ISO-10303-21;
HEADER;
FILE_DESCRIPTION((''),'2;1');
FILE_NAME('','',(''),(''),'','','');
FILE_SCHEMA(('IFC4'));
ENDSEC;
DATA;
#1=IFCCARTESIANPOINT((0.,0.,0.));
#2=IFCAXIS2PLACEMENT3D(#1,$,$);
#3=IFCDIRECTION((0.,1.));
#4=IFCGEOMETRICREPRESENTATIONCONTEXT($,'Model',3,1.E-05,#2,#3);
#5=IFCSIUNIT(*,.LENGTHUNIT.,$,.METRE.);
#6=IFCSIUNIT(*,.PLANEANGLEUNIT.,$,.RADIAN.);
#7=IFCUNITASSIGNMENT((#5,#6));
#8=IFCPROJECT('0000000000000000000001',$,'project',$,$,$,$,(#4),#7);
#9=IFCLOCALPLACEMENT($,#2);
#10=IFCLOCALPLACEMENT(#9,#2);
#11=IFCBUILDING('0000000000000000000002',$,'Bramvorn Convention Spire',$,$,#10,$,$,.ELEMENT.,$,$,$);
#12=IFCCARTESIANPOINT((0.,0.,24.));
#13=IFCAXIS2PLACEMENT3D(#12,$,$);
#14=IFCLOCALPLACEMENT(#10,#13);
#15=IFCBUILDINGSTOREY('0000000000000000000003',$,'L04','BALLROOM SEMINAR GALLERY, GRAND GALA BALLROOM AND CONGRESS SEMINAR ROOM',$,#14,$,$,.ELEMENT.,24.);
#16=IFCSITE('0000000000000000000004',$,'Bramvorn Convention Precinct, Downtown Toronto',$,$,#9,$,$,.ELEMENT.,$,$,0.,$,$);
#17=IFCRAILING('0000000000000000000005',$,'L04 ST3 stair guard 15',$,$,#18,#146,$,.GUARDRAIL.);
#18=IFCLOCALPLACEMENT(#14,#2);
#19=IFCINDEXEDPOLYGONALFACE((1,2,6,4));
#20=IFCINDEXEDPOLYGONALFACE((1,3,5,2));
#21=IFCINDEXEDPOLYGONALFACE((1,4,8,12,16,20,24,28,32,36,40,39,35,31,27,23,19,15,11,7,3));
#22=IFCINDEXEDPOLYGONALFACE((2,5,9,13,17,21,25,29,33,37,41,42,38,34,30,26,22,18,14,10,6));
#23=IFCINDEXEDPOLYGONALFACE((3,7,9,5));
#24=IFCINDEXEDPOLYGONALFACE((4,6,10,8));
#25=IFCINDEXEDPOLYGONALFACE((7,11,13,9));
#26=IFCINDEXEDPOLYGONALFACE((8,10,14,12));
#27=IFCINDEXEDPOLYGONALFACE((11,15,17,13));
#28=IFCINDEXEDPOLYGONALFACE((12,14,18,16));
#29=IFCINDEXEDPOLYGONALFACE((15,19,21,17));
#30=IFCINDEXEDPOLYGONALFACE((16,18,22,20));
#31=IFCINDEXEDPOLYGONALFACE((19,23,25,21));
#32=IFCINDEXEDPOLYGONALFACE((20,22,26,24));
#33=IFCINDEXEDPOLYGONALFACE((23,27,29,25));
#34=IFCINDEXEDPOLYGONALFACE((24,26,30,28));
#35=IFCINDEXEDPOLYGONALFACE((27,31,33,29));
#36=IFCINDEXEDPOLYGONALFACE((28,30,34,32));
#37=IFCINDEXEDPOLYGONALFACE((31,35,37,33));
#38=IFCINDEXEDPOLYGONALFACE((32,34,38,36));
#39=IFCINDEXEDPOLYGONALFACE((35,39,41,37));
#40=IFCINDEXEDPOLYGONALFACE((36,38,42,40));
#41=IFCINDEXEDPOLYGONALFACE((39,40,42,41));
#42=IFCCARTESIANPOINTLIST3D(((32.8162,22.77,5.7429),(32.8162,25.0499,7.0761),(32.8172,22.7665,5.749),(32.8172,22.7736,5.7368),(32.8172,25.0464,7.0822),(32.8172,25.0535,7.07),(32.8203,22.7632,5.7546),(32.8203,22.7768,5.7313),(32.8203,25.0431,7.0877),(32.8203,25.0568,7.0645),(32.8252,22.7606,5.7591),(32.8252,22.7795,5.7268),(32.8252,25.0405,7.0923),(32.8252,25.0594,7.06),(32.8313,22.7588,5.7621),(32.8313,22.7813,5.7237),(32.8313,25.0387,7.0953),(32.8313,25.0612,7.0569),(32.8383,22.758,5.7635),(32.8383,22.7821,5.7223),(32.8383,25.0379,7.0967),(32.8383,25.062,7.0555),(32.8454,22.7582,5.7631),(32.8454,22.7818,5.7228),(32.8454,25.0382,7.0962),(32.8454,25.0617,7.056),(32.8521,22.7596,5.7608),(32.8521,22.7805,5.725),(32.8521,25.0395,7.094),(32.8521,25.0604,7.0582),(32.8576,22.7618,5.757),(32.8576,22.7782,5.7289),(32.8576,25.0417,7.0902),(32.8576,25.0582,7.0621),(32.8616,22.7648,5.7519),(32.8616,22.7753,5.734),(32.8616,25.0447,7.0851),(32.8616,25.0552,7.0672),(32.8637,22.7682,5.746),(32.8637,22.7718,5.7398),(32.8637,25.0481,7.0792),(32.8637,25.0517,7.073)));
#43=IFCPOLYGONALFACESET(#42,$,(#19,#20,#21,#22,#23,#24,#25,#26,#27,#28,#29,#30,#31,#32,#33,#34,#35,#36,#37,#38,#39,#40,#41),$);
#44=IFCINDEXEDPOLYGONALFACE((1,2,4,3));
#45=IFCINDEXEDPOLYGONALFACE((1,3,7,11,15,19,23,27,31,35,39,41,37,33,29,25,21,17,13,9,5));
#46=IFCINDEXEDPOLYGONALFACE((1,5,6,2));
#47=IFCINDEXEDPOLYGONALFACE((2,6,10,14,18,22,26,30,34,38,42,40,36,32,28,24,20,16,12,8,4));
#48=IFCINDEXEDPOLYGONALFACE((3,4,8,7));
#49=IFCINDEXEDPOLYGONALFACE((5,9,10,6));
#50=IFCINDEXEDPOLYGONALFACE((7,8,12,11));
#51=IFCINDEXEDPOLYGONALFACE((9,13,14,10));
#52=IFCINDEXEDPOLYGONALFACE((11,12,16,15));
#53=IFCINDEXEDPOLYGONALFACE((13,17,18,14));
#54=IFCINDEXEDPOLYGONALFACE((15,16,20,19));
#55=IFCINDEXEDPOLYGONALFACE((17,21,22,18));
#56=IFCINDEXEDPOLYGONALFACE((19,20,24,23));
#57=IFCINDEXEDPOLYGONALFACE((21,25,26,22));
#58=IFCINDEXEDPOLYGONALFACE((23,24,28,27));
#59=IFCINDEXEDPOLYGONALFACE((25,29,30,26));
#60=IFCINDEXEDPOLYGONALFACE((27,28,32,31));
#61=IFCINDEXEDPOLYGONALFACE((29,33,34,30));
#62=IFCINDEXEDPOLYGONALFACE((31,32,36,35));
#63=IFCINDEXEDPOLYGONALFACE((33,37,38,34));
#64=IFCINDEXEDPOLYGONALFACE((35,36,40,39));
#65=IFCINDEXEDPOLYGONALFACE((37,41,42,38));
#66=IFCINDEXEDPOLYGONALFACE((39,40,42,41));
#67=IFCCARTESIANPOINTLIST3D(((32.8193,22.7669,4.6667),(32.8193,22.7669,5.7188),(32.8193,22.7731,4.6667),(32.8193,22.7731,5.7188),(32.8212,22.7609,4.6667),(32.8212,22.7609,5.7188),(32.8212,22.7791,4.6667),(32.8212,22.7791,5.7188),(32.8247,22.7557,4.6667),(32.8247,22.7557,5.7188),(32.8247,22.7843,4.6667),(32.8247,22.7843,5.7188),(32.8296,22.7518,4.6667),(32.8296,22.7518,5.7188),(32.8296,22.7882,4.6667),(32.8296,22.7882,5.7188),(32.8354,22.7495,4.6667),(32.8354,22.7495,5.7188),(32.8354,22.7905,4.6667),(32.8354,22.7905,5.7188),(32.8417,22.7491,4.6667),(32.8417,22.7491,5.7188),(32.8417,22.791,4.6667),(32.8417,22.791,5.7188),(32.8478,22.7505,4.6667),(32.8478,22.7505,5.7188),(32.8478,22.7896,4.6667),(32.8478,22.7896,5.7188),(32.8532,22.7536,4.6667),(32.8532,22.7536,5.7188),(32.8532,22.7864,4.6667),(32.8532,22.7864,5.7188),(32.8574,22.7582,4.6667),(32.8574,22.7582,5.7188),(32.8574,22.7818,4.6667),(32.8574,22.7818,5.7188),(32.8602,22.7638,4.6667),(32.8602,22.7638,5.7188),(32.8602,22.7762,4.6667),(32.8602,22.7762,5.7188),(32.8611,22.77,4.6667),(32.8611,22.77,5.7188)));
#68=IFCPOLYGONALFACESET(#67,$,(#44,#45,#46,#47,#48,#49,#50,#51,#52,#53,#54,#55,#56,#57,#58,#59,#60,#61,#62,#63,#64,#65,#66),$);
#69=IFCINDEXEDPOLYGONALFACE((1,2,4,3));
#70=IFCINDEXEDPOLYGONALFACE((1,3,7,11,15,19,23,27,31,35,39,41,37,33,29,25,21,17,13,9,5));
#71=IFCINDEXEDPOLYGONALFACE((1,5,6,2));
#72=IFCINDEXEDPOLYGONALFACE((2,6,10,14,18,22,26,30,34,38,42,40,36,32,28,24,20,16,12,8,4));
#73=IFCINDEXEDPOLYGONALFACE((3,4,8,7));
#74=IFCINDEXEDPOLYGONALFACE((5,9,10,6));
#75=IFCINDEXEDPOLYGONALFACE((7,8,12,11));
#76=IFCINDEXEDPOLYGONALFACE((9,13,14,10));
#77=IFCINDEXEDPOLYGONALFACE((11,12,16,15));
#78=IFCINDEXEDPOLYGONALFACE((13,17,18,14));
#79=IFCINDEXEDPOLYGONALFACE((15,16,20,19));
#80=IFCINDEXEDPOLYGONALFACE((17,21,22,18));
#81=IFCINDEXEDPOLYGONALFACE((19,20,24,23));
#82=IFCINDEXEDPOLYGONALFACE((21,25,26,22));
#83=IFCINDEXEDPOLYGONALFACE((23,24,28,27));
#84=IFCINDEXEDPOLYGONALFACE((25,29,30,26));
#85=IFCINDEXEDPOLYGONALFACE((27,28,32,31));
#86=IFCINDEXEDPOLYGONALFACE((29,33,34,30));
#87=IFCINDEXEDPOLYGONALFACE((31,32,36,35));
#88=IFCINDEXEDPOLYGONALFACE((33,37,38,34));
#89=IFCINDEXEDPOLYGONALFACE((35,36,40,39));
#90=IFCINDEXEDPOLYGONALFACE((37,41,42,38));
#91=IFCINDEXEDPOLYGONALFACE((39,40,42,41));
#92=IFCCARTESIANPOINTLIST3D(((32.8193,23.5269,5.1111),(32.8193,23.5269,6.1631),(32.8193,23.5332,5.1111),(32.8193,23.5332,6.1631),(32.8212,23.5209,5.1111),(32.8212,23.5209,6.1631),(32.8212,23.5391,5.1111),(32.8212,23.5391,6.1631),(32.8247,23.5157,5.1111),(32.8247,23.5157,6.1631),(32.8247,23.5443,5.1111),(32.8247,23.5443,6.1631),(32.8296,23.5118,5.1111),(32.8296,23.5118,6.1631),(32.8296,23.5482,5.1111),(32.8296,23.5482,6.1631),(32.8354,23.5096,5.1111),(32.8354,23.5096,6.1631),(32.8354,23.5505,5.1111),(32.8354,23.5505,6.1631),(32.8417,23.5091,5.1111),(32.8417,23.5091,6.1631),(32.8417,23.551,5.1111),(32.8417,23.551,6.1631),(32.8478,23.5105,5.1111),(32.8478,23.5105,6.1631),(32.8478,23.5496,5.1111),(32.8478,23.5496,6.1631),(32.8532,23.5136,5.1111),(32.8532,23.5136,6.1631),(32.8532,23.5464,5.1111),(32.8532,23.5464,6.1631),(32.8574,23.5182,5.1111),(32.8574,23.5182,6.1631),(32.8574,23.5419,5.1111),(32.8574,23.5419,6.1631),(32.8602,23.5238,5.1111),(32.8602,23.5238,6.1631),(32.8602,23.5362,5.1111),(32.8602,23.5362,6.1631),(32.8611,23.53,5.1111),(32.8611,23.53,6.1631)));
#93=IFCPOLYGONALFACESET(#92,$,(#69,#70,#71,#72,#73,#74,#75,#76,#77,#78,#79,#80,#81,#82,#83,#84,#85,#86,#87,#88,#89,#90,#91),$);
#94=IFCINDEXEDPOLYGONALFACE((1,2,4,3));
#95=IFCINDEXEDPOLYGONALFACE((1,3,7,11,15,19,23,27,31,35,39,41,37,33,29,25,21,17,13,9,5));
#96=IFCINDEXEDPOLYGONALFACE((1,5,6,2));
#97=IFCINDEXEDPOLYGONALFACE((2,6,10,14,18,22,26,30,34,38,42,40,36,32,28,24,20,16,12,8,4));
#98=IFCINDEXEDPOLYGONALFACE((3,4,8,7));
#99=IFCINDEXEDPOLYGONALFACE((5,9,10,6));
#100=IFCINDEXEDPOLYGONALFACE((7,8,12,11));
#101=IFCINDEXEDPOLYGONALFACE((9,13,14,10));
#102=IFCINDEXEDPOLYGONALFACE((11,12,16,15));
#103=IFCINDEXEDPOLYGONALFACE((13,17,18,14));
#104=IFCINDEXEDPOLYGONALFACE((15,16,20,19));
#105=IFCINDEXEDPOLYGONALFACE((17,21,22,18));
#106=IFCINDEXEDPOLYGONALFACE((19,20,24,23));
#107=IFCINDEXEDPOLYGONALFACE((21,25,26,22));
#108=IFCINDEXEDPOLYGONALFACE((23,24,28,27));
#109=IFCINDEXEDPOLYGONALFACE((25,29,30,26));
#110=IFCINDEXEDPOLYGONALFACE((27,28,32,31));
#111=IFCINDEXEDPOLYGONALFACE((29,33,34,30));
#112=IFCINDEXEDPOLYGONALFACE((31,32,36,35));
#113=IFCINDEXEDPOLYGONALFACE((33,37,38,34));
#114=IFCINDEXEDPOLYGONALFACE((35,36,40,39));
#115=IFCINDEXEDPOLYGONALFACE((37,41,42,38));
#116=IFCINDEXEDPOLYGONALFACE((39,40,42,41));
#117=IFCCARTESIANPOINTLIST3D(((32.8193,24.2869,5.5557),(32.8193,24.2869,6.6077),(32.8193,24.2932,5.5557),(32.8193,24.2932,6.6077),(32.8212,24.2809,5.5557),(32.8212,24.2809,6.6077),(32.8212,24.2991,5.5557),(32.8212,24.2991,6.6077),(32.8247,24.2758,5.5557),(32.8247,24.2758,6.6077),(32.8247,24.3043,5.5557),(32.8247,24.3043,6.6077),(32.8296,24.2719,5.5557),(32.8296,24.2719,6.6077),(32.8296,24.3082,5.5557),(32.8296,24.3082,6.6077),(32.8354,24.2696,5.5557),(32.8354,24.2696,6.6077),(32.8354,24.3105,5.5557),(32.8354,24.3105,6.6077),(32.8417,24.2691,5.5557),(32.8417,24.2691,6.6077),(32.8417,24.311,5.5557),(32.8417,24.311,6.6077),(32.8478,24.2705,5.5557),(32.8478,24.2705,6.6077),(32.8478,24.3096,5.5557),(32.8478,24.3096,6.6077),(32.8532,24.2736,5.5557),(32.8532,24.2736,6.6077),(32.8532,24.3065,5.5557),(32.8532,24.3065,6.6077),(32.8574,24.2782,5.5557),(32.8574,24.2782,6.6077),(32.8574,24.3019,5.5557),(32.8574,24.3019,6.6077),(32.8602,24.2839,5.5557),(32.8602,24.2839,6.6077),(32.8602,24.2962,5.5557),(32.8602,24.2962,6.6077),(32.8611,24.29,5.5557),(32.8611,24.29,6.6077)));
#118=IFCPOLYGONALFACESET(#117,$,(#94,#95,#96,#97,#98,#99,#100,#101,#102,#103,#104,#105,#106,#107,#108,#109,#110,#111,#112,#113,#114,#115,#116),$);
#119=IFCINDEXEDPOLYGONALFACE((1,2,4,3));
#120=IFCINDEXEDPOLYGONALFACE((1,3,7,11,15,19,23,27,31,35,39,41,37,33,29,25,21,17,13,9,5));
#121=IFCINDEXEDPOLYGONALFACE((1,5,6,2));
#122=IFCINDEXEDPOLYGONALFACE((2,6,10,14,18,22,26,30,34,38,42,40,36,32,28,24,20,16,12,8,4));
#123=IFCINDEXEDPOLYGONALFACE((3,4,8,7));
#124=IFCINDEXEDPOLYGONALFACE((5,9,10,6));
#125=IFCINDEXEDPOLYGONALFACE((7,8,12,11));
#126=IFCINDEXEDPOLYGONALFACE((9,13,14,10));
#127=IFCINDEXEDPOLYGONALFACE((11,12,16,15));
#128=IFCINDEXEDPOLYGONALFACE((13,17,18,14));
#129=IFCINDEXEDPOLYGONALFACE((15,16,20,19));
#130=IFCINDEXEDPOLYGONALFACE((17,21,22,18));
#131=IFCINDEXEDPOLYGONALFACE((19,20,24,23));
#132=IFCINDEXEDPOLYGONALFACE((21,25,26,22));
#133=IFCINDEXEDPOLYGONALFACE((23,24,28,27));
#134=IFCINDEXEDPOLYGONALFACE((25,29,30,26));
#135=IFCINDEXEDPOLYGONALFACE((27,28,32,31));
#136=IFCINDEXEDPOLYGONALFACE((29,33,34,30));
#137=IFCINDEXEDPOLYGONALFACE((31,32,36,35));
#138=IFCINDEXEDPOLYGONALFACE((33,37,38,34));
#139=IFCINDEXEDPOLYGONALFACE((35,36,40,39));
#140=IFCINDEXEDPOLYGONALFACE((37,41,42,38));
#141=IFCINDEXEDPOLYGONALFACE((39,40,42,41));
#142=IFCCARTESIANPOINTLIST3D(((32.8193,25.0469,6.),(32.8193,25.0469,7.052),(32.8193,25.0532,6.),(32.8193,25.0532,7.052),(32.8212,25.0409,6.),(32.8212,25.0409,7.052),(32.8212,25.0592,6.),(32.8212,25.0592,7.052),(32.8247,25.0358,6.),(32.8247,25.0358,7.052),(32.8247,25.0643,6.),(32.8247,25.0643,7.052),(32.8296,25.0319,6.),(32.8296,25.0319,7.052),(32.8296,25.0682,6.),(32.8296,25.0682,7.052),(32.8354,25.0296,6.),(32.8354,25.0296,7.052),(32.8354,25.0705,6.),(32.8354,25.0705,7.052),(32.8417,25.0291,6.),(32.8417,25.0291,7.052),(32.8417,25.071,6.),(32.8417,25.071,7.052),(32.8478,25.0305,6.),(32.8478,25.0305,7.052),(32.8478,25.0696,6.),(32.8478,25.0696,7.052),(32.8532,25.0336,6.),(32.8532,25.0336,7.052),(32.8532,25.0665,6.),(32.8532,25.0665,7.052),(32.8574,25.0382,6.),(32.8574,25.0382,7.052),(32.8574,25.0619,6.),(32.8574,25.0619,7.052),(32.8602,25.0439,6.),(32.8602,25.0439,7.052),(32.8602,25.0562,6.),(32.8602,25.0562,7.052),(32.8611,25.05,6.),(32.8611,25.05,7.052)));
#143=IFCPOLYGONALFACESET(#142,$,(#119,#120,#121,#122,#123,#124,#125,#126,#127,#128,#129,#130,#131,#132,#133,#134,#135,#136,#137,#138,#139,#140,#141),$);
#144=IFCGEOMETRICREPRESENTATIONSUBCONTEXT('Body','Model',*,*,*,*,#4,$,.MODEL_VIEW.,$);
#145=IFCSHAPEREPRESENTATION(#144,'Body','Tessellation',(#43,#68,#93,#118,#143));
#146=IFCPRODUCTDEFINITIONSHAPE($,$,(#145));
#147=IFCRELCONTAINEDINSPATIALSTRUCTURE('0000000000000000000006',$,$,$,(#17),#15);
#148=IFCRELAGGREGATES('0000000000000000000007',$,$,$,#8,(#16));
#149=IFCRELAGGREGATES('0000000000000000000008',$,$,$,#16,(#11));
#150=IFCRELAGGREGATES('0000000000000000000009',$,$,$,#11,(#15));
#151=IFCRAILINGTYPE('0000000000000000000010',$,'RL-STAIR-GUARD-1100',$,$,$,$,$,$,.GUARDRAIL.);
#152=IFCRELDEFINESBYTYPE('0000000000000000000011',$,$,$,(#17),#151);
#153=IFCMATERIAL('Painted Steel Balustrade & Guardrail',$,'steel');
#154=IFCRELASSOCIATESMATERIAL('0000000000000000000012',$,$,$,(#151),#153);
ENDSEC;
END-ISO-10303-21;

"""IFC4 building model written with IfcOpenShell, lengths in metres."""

from ifc_helpers import new_model, si_unit, direction, frame, origin, origin_2d, place, context, subcontext, project, spatial, circle, extrude, material, type_object, element, save


model = new_model("IFC4")

# Units and contexts
model_context = context("Model", 3, precision=1e-05, world=origin(), true_north=direction((0.0, 1.0)))
body_context = subcontext(model_context, "Body", "Model", "MODEL_VIEW")
ifc_project = project(units=[si_unit("LENGTHUNIT", "METRE"), si_unit("PLANEANGLEUNIT", "RADIAN")], contexts=[model_context])

# Site, building, storey
site_placement = place(None, origin())
site = spatial("IfcSite", under=ifc_project, at=site_placement, Name="Bramvorn Convention Precinct, Downtown Toronto", CompositionType="ELEMENT", RefElevation=0.0)
building_placement = place(site_placement, origin())
building = spatial("IfcBuilding", under=site, at=building_placement, Name="Bramvorn Convention Spire", CompositionType="ELEMENT")
storey_placement = place(building_placement, frame((0.0, 0.0, 24.0)))
storey = spatial("IfcBuildingStorey", under=building, at=storey_placement, Name="L04", Description="BALLROOM SEMINAR GALLERY, GRAND GALA BALLROOM AND CONGRESS SEMINAR ROOM", CompositionType="ELEMENT", Elevation=24.0)

# Railing
ifc_material_1 = material(Name="Painted Steel Balustrade & Guardrail", Category="steel")
railing_type_1 = type_object("IfcRailingType", Name="RL-STAIR-GUARD-1100", PredefinedType="GUARDRAIL", material=ifc_material_1)
railing_1_placement = place(storey_placement, frame((32.8401, 22.77, 4.6667)))
element("IfcRailing", 1, at=railing_1_placement, inside=storey, type_object=railing_type_1, Name="L04 ST3 stair guard 15", PredefinedType="GUARDRAIL", context=body_context, shape_type="SweptSolid", body=[
    extrude(circle(Radius=0.0239, at=origin_2d()), frame((0.0, 0.0, 1.0762), z_axis=(0.0, 0.863245, 0.504785), x_axis=(-1.0, 0.0, 0.0)), (0.0, 0.0, 1.0), 2.6411),
    extrude(circle(Radius=0.021, at=origin_2d()), origin(), (0.0, 0.0, 1.0), 1.052),
    extrude(circle(Radius=0.021, at=origin_2d()), frame((0.0, 0.76, 0.4443)), (0.0, 0.0, 1.0), 1.052),
    extrude(circle(Radius=0.021, at=origin_2d()), frame((0.0, 1.52, 0.8889)), (0.0, 0.0, 1.0), 1.052),
    extrude(circle(Radius=0.021, at=origin_2d()), frame((0.0, 2.28, 1.3333)), (0.0, 0.0, 1.0), 1.052),
])

save(model, "model.ifc")
